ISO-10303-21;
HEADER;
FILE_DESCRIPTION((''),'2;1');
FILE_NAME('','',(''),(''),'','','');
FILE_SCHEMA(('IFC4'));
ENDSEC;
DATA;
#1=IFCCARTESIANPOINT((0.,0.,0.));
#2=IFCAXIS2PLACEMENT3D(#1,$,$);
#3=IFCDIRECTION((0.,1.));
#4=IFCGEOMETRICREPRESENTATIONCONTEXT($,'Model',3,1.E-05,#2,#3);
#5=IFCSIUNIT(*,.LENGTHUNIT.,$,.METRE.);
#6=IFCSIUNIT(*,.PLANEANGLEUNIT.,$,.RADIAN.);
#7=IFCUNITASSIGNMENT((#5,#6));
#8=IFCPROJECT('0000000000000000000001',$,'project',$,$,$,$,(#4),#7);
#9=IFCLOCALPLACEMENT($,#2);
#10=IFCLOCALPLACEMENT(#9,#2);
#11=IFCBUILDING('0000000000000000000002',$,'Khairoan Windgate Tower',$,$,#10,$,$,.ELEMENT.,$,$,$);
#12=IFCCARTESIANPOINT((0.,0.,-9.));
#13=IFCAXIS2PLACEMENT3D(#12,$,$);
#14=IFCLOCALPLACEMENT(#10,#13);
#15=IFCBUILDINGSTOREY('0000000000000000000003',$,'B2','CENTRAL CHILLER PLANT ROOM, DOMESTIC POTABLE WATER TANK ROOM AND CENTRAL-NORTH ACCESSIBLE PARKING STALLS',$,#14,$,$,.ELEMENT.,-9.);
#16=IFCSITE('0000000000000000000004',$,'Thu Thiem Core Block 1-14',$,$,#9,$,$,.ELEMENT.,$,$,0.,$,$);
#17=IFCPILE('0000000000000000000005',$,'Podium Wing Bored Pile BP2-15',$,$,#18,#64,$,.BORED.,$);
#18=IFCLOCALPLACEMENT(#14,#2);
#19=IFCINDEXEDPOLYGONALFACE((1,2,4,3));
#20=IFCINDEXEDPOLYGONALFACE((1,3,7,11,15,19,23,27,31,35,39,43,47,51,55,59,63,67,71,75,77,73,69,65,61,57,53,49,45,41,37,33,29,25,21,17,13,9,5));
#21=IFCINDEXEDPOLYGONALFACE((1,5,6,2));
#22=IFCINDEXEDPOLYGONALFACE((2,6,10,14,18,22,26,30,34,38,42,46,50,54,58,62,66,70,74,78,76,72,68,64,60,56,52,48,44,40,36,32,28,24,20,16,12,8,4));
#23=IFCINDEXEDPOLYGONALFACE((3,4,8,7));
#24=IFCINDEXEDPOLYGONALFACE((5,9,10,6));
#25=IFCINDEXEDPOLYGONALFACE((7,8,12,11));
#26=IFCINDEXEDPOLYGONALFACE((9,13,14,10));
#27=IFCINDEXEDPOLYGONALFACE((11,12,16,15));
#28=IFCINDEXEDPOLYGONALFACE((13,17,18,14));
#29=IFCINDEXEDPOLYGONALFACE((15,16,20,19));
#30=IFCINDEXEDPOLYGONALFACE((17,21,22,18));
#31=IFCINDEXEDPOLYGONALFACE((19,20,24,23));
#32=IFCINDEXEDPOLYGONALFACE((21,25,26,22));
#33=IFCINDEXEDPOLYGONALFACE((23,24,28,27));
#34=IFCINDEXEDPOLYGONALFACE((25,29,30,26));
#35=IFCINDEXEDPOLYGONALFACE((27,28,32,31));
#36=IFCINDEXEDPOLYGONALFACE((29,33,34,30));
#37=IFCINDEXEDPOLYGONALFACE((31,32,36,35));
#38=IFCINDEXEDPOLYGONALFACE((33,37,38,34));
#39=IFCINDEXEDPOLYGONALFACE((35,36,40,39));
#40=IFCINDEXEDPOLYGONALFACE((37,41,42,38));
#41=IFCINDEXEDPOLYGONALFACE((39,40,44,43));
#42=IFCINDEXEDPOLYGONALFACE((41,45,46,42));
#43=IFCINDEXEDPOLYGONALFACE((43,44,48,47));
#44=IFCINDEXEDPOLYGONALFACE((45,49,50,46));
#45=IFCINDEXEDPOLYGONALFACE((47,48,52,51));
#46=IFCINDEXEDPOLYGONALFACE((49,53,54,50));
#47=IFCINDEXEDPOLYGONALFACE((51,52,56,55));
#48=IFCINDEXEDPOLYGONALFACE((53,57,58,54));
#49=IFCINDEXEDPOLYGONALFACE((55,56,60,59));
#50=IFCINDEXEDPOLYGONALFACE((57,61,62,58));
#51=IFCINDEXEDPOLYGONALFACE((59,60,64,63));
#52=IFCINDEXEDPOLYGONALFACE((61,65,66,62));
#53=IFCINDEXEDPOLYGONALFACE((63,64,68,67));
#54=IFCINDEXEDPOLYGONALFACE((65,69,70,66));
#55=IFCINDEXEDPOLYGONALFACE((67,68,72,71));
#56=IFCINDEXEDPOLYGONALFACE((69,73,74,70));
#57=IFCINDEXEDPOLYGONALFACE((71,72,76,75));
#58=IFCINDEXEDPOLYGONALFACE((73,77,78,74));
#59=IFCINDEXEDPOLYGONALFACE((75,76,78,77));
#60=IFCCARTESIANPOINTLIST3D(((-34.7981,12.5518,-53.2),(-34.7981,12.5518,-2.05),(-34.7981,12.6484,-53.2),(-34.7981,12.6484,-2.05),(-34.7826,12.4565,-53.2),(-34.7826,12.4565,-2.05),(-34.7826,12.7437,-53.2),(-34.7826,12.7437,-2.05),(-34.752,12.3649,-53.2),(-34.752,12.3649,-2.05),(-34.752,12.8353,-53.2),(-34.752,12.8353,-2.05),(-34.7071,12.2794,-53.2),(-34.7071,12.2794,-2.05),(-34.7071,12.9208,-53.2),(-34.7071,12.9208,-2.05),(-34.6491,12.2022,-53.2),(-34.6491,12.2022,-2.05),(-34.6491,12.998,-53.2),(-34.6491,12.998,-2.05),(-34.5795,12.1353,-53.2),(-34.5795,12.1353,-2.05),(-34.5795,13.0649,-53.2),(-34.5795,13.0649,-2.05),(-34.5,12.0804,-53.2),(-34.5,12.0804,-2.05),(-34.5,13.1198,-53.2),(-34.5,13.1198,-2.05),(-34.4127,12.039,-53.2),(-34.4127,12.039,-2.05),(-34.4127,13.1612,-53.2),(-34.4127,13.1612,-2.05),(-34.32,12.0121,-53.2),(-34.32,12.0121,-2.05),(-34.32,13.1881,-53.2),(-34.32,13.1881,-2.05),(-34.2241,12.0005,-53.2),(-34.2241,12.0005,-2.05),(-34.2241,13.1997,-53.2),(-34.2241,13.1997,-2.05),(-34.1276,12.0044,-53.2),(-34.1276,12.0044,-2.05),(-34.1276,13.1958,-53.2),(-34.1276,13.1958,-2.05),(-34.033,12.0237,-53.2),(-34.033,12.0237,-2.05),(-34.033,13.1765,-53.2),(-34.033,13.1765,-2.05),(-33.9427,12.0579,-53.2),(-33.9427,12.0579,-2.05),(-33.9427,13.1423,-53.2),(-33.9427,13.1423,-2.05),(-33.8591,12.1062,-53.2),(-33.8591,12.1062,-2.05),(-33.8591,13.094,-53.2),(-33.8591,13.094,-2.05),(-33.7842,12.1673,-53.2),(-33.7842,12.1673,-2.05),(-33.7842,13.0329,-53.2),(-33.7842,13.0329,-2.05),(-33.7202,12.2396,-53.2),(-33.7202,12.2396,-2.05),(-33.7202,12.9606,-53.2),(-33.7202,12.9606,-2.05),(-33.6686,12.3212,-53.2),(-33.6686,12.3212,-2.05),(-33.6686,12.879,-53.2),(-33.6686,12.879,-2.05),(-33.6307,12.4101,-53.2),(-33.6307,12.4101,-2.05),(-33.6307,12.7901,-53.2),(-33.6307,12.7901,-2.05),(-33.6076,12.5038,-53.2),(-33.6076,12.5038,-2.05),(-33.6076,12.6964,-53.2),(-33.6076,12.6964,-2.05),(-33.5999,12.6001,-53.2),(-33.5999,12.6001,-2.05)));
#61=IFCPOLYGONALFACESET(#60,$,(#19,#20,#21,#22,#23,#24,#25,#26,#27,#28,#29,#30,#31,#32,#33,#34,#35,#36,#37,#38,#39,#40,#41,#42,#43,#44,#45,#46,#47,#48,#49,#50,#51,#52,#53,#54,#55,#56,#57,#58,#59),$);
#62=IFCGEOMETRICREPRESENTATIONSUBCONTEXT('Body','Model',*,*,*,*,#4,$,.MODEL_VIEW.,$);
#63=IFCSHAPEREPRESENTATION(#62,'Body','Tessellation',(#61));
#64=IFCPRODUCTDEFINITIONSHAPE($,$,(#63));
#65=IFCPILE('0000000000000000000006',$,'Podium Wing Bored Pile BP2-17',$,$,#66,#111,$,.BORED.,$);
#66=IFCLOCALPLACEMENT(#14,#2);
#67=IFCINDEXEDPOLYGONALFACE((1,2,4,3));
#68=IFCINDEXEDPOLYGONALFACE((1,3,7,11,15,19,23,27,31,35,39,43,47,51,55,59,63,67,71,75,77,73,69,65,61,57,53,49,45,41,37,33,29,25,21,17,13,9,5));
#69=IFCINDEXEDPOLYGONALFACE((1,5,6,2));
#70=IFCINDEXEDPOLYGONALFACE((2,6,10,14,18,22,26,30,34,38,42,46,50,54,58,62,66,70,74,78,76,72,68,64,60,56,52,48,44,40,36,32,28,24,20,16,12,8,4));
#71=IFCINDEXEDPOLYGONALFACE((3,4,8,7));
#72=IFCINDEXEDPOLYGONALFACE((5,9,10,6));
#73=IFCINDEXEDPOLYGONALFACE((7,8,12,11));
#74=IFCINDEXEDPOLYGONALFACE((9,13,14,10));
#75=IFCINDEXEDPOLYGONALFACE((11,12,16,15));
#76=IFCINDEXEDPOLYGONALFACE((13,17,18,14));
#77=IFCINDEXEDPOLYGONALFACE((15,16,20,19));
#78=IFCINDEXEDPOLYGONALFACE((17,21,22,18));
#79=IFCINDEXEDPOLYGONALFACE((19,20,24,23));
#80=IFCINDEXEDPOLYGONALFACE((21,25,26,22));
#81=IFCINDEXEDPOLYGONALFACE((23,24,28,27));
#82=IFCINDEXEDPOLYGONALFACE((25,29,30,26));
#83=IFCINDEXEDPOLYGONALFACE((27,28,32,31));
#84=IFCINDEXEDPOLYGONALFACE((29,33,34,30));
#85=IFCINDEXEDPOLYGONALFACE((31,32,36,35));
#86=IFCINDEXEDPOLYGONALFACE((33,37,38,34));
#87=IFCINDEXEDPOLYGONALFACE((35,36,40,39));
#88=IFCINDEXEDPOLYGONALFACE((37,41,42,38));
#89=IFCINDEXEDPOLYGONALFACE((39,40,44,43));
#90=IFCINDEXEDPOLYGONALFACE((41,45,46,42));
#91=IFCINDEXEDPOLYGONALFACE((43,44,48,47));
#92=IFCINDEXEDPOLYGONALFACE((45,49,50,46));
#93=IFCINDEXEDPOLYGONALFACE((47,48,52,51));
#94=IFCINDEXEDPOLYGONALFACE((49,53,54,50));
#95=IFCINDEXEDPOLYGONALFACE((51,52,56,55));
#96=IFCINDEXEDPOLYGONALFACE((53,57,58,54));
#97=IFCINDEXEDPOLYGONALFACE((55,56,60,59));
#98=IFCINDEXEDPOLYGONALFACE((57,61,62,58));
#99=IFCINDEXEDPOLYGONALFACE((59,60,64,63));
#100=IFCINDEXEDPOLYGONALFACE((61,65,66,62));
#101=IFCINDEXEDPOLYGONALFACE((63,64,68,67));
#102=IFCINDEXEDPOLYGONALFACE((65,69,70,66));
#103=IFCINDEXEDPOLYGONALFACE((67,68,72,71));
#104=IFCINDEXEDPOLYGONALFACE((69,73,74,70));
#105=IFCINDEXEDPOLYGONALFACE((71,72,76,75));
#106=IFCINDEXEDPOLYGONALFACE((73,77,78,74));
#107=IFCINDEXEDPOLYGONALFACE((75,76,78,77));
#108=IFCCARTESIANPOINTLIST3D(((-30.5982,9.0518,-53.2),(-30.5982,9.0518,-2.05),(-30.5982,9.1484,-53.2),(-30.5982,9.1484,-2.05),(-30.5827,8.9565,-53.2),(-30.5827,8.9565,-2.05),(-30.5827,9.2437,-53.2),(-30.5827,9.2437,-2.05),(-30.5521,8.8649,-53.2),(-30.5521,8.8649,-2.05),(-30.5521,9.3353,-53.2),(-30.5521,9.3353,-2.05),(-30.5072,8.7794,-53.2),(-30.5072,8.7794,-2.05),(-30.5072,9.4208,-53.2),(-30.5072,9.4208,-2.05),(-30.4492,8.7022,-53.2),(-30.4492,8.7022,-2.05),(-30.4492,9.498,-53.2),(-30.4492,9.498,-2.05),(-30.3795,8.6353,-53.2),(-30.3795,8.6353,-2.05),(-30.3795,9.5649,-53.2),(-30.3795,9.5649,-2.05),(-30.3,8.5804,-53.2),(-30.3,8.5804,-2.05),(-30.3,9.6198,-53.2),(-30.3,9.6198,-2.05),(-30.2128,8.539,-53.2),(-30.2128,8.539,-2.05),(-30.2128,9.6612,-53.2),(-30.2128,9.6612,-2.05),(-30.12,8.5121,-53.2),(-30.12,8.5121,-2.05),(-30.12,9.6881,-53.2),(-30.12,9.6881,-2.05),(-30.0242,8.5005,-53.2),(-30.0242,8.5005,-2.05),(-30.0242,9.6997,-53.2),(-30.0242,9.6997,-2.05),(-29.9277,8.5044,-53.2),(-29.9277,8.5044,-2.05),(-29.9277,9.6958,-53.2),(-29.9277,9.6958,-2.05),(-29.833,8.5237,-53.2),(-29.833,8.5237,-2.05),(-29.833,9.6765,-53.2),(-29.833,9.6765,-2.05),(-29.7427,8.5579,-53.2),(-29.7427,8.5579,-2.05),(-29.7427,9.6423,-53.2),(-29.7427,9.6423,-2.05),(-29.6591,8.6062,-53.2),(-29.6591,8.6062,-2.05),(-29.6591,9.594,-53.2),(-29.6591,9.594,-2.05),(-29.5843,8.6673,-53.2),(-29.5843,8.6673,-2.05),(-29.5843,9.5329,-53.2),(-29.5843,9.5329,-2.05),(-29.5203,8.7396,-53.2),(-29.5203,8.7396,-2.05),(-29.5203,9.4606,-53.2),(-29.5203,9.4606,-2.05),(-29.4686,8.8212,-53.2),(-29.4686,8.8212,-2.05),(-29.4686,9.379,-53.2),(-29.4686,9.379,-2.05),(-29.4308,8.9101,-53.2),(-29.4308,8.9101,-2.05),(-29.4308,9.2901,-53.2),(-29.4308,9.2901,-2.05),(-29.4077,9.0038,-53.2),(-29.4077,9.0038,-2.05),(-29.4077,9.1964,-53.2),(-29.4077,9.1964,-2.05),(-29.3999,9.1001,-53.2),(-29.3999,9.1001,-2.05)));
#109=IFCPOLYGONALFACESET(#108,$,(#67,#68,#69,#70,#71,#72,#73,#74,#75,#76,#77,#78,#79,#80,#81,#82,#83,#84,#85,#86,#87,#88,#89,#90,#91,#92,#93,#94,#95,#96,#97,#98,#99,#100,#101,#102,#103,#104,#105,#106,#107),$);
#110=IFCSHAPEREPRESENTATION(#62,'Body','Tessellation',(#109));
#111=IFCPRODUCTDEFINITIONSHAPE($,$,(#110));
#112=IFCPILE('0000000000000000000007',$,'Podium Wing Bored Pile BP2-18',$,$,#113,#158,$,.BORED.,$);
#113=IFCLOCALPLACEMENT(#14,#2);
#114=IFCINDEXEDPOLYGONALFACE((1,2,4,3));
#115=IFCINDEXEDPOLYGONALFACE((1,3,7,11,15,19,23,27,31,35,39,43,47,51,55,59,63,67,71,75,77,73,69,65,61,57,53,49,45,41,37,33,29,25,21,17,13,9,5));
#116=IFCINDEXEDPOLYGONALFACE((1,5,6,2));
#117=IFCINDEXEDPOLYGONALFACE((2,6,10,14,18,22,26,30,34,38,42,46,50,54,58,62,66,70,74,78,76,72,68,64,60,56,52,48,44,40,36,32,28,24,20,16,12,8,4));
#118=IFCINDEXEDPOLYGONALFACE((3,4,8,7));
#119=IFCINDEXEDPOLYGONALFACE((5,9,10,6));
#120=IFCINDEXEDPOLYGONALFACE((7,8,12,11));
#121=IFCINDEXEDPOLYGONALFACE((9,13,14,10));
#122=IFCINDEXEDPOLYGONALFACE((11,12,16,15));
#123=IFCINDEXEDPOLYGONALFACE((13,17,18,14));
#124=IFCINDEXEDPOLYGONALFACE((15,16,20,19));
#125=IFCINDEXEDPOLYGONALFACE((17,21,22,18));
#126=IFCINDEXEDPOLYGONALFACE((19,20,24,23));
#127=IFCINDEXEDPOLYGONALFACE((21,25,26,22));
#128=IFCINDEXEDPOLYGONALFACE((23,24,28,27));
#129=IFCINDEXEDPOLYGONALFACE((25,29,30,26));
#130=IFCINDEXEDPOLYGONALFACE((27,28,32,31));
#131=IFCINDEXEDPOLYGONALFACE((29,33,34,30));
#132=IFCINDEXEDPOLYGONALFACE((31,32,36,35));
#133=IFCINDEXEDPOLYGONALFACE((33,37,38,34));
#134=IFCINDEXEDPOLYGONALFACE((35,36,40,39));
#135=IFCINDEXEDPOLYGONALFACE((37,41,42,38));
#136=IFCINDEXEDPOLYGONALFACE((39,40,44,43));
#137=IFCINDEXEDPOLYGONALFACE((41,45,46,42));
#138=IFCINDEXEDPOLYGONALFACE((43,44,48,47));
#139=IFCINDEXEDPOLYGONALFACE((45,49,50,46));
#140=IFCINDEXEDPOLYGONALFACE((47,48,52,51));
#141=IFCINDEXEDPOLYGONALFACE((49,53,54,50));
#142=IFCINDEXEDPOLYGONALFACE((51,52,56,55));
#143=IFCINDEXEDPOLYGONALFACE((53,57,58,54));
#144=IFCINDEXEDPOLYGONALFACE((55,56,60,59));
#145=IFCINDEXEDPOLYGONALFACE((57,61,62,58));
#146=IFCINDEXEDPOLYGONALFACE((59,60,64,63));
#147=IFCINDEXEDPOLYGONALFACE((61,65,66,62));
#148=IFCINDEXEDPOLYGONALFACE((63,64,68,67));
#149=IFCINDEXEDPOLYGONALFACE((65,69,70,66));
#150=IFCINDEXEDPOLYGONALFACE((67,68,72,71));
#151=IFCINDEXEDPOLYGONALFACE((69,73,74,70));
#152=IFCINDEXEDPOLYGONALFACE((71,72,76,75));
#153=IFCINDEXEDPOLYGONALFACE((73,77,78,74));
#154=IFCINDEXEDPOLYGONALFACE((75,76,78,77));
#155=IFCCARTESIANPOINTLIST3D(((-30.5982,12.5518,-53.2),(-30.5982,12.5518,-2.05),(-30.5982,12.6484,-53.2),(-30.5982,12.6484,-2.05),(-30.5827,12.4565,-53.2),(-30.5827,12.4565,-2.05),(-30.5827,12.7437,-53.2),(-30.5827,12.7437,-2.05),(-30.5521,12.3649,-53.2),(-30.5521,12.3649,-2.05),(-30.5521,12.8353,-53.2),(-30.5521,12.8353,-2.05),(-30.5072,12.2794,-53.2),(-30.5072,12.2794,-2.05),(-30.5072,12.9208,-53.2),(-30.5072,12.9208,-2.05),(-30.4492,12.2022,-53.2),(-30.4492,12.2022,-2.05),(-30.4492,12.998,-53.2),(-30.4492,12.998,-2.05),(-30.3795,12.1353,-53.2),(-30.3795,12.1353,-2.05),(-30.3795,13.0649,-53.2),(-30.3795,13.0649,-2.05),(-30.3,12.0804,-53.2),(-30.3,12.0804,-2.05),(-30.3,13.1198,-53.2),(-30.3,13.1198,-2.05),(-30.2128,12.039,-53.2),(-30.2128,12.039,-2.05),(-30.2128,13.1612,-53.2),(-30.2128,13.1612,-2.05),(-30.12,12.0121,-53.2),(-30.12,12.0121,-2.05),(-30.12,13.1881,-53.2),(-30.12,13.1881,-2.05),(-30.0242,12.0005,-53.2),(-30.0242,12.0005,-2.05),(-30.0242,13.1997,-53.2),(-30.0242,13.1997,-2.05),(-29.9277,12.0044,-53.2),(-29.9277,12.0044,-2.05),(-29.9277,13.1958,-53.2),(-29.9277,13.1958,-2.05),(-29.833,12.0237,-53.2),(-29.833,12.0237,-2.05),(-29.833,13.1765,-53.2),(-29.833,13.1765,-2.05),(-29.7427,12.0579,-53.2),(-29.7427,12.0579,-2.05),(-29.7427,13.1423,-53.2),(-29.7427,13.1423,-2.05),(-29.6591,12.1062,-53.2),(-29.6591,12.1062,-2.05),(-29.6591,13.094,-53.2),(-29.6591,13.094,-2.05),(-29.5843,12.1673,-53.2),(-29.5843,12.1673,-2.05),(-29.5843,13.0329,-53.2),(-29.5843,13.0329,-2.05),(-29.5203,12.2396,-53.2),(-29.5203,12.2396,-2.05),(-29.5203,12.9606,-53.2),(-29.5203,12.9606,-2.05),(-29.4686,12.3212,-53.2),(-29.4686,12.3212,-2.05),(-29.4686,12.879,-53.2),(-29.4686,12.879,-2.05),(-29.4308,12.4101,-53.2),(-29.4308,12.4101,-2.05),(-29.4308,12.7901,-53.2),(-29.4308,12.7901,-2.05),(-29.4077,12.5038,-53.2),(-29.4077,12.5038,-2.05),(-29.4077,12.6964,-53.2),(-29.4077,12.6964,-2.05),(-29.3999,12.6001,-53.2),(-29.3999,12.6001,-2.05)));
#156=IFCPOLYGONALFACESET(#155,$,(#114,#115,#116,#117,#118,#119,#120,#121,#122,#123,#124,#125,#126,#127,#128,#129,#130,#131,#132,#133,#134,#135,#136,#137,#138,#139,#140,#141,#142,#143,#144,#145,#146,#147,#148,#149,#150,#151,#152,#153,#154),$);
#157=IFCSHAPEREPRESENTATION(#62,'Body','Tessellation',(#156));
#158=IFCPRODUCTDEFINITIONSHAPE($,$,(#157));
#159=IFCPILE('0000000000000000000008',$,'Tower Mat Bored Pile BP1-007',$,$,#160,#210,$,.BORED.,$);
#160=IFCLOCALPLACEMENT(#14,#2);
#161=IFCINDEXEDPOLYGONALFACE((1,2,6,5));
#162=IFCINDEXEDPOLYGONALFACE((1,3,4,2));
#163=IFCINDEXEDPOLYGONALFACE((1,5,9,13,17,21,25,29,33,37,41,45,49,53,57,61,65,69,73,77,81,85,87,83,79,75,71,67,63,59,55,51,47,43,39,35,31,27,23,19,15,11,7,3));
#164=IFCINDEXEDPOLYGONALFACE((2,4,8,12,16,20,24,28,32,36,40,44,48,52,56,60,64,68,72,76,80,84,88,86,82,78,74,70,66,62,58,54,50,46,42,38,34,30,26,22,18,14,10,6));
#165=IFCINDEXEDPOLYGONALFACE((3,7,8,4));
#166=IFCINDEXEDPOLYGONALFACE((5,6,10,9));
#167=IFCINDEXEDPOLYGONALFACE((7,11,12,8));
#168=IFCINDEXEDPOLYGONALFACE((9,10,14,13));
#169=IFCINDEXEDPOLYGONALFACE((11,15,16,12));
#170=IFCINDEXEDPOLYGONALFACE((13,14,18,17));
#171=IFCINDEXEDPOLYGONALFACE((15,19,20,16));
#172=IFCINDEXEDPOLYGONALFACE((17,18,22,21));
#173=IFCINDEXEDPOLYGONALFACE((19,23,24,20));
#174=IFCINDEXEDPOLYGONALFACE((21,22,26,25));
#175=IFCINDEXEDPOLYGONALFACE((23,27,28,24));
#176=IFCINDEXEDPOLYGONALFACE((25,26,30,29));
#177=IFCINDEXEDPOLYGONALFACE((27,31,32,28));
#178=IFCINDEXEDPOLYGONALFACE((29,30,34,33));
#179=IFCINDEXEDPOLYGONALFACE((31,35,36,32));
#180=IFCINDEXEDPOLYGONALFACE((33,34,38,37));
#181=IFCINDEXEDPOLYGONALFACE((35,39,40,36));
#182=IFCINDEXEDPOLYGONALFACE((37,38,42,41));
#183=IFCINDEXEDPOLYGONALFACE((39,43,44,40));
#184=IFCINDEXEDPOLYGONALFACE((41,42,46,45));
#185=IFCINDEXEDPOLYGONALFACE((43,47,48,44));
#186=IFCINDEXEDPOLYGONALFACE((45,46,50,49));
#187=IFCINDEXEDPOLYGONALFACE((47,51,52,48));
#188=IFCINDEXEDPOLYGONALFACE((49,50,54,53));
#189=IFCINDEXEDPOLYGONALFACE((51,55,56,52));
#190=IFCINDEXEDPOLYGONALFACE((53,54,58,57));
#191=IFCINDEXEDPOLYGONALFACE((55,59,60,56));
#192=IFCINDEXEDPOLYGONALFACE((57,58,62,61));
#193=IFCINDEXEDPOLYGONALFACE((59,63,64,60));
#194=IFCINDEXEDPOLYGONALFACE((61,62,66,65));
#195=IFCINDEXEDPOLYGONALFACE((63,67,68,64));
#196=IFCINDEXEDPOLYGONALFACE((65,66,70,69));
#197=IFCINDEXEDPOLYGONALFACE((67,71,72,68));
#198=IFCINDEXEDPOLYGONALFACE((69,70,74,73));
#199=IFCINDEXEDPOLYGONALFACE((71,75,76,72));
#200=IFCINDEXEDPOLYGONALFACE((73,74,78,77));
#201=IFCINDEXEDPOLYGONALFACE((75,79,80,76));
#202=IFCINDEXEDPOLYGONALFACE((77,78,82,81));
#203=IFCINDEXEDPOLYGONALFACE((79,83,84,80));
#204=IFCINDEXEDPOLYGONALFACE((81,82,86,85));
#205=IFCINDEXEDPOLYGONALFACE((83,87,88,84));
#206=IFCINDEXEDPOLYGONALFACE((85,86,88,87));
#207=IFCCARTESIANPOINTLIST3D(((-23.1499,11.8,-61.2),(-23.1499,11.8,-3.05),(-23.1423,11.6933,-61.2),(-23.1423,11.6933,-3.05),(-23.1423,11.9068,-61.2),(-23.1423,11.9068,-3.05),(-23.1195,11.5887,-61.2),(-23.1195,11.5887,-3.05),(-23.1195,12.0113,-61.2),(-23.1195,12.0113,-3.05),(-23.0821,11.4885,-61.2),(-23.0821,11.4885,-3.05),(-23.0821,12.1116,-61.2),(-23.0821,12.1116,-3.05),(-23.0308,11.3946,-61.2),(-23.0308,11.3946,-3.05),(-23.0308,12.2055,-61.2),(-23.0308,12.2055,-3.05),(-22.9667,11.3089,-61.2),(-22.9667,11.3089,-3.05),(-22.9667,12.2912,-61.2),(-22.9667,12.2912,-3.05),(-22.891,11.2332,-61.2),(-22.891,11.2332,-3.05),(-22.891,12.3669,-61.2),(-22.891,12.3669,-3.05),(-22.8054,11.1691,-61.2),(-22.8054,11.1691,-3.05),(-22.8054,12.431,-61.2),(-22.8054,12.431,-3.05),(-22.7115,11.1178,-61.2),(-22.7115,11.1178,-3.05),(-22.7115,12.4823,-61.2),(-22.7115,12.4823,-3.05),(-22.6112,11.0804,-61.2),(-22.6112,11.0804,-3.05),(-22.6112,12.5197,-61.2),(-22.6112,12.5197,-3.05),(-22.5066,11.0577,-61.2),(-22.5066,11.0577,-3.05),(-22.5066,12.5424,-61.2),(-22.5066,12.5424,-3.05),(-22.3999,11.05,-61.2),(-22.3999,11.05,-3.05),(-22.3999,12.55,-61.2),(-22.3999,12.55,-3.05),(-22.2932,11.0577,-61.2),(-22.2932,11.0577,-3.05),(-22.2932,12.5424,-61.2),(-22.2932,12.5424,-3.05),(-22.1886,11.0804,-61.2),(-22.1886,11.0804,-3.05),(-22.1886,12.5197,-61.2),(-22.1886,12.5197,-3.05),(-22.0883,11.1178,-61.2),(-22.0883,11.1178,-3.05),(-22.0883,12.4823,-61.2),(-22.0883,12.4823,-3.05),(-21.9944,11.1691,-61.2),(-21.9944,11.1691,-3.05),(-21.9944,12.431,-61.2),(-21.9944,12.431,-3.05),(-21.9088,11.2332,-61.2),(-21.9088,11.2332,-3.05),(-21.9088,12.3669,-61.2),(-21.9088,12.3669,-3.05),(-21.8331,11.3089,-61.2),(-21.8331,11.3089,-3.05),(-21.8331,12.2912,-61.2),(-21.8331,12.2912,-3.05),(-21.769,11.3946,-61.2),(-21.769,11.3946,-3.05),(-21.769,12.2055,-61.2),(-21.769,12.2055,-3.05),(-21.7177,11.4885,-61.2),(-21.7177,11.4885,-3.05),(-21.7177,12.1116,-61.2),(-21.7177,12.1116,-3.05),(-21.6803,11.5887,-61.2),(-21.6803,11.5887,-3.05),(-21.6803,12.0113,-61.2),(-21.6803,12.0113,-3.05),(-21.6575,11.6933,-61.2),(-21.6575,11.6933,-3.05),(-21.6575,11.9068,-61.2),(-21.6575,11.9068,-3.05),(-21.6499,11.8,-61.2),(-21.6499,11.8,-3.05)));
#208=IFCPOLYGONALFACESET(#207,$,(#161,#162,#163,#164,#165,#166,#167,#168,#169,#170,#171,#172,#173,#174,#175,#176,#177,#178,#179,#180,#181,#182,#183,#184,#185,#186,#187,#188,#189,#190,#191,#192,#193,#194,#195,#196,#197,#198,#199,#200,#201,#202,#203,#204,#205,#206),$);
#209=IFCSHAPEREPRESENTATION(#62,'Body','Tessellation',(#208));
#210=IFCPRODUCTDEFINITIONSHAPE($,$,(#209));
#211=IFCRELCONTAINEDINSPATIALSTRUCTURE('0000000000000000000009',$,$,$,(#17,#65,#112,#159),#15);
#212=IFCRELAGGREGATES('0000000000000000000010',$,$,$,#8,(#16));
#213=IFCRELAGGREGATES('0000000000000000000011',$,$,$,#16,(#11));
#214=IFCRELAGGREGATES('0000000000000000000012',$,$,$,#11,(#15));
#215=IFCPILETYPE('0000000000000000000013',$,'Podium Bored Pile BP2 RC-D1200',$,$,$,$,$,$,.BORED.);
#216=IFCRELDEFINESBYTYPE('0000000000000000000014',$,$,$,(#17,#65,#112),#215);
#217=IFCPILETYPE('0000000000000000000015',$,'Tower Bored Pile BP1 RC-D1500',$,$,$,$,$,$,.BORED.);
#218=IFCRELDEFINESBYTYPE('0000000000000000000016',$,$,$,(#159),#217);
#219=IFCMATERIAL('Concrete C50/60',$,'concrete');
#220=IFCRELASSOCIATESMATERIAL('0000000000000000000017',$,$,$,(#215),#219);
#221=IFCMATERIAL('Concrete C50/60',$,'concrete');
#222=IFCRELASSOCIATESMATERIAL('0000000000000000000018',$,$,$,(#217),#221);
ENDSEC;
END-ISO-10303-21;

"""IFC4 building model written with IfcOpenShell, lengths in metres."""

from ifc_helpers import new_model, si_unit, direction, frame, origin, origin_2d, place, context, subcontext, project, spatial, circle, extrude, material, material_profile, profile_set, type_object, element, save


model = new_model("IFC4")

# Units and contexts
model_context = context("Model", 3, precision=1e-05, world=origin(), true_north=direction((0.0, 1.0)))
body_context = subcontext(model_context, "Body", "Model", "MODEL_VIEW")
ifc_project = project(units=[si_unit("LENGTHUNIT", "METRE"), si_unit("PLANEANGLEUNIT", "RADIAN")], contexts=[model_context])

# Site, building, storey
site_placement = place(None, origin())
site = spatial("IfcSite", under=ifc_project, at=site_placement, Name="Thu Thiem Core Block 1-14", CompositionType="ELEMENT", RefElevation=0.0)
building_placement = place(site_placement, origin())
building = spatial("IfcBuilding", under=site, at=building_placement, Name="Khairoan Windgate Tower", CompositionType="ELEMENT")
storey_placement = place(building_placement, frame((0.0, 0.0, -9.0)))
storey = spatial("IfcBuildingStorey", under=building, at=storey_placement, Name="B2", Description="CENTRAL CHILLER PLANT ROOM, DOMESTIC POTABLE WATER TANK ROOM AND CENTRAL-NORTH ACCESSIBLE PARKING STALLS", CompositionType="ELEMENT", Elevation=-9.0)

# Piles
ifc_material_1 = material(Name="Concrete C50/60", Category="concrete")
ifc_material_profile_1 = material_profile(ifc_material_1, circle(Radius=0.6001, at=origin_2d()))
ifc_profile_set_1 = profile_set([ifc_material_profile_1], Name="Concrete C50/60")
pile_type_1 = type_object("IfcPileType", Name="Podium Bored Pile BP2 RC-D1200", PredefinedType="BORED", material=ifc_profile_set_1)
for number, where, z_axis, x_axis, name in (
    (1, (-34.2, 12.6001, -2.05), (0.0, 0.0, -1.0), (1.0, 0.0, 0.0), "Podium Wing Bored Pile BP2-15"),
    (2, (-30.0, 9.1001, -2.05), (0.0, 0.0, -1.0), (1.0, 0.0, 0.0), "Podium Wing Bored Pile BP2-17"),
    (3, (-30.0, 12.6001, -2.05), (0.0, 0.0, -1.0), (1.0, 0.0, 0.0), "Podium Wing Bored Pile BP2-18"),
):
    element("IfcPile", number, at=place(storey_placement, frame(where, z_axis=z_axis, x_axis=x_axis)), inside=storey, type_object=pile_type_1, Name=name, PredefinedType="BORED", context=body_context, shape_type="SweptSolid", body=[
        extrude(circle(Radius=0.6001, at=origin_2d()), origin(), (0.0, 0.0, 1.0), 51.1499),
    ])
ifc_material_2 = material(Name="Concrete C50/60", Category="concrete")
ifc_material_profile_2 = material_profile(ifc_material_2, circle(Radius=0.75, at=origin_2d()))
ifc_profile_set_2 = profile_set([ifc_material_profile_2], Name="Concrete C50/60")
pile_type_2 = type_object("IfcPileType", Name="Tower Bored Pile BP1 RC-D1500", PredefinedType="BORED", material=ifc_profile_set_2)
for number, where, z_axis, x_axis, name in (
    (4, (-22.3999, 11.8, -3.05), (0.0, 0.0, -1.0), (1.0, 0.0, 0.0), "Tower Mat Bored Pile BP1-007"),
):
    element("IfcPile", number, at=place(storey_placement, frame(where, z_axis=z_axis, x_axis=x_axis)), inside=storey, type_object=pile_type_2, Name=name, PredefinedType="BORED", context=body_context, shape_type="SweptSolid", body=[
        extrude(circle(Radius=0.75, at=origin_2d()), origin(), (0.0, 0.0, 1.0), 58.1499),
    ])

save(model, "model.ifc")
